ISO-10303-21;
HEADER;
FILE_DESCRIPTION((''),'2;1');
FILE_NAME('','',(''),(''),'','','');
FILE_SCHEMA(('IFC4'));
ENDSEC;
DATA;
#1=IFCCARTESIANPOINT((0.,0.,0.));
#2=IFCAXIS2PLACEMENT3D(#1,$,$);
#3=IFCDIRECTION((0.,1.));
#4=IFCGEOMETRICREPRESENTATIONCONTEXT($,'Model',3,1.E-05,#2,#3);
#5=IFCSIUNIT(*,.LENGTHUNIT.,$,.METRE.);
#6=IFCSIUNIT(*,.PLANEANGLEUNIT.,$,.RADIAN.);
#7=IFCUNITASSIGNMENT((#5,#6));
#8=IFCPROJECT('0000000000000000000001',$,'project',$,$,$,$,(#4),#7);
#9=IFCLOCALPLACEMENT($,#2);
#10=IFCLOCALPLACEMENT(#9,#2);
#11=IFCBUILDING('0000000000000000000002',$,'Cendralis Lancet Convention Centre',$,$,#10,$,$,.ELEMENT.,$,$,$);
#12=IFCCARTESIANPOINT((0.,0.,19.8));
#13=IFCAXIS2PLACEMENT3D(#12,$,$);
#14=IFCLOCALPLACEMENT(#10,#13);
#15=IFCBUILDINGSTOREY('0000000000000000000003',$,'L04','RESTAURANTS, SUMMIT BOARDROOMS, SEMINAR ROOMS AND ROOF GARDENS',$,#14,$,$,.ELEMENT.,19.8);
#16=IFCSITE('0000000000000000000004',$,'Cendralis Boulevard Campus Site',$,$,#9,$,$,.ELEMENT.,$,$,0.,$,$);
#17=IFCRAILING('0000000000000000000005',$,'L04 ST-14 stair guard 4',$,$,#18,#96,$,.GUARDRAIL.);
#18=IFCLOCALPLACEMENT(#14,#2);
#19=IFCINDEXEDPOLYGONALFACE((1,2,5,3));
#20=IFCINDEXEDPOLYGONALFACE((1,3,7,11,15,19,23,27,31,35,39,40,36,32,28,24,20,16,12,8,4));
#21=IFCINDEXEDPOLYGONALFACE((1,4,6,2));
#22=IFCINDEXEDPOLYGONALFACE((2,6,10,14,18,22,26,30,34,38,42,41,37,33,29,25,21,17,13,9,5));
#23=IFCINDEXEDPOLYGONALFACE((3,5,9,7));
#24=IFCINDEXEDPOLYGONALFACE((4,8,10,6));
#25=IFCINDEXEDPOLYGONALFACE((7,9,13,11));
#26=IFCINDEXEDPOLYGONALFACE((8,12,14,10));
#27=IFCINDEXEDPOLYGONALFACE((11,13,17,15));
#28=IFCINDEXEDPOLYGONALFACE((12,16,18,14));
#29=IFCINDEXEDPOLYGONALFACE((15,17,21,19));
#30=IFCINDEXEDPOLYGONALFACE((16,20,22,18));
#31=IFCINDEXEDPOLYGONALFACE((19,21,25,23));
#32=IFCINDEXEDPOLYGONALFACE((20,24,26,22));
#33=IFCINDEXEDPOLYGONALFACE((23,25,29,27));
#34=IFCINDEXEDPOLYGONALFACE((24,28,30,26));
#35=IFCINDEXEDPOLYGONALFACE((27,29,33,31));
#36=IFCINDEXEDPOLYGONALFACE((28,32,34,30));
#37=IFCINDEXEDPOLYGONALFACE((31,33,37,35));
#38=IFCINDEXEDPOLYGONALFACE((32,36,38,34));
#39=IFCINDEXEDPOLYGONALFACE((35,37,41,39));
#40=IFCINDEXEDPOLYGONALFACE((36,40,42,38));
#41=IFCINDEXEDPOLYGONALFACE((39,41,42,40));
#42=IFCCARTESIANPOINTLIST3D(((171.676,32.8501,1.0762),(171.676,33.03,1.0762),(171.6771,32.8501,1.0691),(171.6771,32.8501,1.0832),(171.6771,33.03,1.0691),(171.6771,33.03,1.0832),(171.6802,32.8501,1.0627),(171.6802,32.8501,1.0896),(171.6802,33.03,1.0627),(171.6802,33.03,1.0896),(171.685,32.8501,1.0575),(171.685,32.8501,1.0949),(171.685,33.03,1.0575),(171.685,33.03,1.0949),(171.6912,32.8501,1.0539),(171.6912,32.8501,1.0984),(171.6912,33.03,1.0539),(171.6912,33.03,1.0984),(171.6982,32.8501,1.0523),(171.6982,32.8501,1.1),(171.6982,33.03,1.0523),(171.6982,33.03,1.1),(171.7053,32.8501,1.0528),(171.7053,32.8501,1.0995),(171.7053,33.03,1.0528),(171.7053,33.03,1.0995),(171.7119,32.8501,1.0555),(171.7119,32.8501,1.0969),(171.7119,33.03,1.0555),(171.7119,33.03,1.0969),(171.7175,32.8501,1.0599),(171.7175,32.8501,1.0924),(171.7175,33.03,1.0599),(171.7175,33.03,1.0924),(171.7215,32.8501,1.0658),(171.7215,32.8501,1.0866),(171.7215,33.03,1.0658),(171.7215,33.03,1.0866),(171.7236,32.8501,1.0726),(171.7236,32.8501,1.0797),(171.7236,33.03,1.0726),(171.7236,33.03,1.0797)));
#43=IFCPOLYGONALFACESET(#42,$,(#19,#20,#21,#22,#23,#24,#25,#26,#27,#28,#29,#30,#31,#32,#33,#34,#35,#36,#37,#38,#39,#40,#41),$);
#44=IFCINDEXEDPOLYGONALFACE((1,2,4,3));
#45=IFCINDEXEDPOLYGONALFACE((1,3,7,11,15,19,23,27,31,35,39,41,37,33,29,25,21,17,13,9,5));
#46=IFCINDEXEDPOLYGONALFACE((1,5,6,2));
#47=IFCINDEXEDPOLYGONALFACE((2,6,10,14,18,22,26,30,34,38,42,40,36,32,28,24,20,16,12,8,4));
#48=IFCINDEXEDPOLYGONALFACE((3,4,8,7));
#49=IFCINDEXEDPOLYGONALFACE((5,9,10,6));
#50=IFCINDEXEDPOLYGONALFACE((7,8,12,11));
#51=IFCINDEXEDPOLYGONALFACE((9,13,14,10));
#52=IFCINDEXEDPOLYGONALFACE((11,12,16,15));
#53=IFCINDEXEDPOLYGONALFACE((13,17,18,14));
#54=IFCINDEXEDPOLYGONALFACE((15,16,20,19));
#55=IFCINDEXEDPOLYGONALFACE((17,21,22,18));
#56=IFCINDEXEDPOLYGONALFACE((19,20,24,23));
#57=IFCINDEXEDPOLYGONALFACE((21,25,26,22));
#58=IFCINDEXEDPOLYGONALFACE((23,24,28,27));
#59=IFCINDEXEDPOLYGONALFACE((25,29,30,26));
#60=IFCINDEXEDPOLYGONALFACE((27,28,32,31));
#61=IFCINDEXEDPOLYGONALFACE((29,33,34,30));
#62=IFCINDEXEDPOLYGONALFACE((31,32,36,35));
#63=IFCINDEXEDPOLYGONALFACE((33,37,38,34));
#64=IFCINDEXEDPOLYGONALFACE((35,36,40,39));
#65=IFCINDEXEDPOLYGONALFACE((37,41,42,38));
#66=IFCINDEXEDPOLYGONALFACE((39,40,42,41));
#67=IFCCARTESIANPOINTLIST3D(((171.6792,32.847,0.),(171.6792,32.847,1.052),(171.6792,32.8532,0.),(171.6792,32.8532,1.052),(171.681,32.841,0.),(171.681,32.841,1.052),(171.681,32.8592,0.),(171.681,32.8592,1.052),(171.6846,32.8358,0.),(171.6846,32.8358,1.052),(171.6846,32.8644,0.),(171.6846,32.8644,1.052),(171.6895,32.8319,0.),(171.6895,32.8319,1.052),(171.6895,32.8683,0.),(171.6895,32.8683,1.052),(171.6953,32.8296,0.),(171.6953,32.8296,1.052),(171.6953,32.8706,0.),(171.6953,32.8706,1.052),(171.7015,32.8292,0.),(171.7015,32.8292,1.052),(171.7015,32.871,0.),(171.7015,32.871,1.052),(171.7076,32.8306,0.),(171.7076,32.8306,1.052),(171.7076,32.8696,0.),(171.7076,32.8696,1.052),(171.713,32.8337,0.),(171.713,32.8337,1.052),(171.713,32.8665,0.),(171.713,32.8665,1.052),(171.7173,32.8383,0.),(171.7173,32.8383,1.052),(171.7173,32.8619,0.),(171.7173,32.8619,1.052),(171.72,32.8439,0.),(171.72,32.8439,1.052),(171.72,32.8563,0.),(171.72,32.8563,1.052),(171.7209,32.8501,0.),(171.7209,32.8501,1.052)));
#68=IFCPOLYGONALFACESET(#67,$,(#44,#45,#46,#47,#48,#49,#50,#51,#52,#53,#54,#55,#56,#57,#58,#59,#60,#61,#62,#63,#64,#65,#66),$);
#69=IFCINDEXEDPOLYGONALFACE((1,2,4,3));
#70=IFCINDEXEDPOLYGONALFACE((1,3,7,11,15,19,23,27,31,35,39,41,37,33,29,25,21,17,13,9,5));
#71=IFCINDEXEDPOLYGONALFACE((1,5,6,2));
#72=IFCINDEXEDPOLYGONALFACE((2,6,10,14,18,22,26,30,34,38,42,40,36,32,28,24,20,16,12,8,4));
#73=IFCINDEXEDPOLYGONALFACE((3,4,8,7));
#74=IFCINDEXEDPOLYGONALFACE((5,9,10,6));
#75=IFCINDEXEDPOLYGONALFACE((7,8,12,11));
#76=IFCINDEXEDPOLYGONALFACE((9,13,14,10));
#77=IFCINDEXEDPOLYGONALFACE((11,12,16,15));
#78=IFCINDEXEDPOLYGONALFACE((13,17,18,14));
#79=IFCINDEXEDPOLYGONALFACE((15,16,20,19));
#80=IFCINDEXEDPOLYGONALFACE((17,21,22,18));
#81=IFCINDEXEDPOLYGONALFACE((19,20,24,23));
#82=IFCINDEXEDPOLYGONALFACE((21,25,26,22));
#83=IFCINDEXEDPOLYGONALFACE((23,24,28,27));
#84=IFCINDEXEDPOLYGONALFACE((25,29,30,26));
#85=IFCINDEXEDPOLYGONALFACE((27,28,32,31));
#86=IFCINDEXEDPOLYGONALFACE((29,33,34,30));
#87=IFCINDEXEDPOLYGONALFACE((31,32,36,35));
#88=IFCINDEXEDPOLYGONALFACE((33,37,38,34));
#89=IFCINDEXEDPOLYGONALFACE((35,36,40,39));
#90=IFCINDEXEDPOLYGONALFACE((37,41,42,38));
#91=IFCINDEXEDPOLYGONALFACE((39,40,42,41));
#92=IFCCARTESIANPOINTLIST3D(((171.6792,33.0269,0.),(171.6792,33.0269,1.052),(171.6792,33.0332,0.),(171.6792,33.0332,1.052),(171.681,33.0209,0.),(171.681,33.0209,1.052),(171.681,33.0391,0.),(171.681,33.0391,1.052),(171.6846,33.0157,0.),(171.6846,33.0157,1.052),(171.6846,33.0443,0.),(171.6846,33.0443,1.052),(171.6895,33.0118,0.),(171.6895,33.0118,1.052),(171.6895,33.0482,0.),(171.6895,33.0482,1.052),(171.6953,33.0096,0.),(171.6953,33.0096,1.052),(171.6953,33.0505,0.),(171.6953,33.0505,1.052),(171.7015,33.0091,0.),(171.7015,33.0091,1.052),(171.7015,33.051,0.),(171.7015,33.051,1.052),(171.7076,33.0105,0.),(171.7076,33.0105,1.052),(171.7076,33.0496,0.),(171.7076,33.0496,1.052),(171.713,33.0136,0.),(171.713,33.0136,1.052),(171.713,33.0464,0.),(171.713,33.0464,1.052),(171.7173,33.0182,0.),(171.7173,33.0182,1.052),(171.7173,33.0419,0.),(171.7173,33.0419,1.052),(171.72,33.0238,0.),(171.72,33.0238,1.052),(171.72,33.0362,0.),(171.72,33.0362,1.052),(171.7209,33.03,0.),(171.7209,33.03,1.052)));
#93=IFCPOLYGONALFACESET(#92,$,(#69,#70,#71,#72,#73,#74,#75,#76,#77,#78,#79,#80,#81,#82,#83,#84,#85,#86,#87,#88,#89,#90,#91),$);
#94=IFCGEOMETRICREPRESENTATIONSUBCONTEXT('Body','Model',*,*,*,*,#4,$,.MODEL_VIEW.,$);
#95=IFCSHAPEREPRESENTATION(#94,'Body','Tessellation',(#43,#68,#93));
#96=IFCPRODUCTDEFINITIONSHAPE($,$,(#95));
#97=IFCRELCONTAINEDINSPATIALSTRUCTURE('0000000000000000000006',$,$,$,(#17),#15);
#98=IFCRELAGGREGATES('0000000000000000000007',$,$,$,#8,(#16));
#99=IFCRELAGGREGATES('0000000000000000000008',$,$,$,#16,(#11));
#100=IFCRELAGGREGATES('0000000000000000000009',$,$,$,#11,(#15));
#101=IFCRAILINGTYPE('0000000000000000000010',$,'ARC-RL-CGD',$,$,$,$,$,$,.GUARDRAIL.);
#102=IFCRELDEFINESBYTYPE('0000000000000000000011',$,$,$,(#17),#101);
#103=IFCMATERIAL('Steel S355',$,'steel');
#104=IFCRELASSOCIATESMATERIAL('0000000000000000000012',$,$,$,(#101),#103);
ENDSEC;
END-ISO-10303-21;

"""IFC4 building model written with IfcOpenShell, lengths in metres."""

from ifc_helpers import new_model, si_unit, direction, frame, origin, origin_2d, place, context, subcontext, project, spatial, circle, extrude, material, type_object, element, save


model = new_model("IFC4")

# Units and contexts
model_context = context("Model", 3, precision=1e-05, world=origin(), true_north=direction((0.0, 1.0)))
body_context = subcontext(model_context, "Body", "Model", "MODEL_VIEW")
ifc_project = project(units=[si_unit("LENGTHUNIT", "METRE"), si_unit("PLANEANGLEUNIT", "RADIAN")], contexts=[model_context])

# Site, building, storey
site_placement = place(None, origin())
site = spatial("IfcSite", under=ifc_project, at=site_placement, Name="Cendralis Boulevard Campus Site", CompositionType="ELEMENT", RefElevation=0.0)
building_placement = place(site_placement, origin())
building = spatial("IfcBuilding", under=site, at=building_placement, Name="Cendralis Lancet Convention Centre", CompositionType="ELEMENT")
storey_placement = place(building_placement, frame((0.0, 0.0, 19.8)))
storey = spatial("IfcBuildingStorey", under=building, at=storey_placement, Name="L04", Description="RESTAURANTS, SUMMIT BOARDROOMS, SEMINAR ROOMS AND ROOF GARDENS", CompositionType="ELEMENT", Elevation=19.8)

# Railing
ifc_material_1 = material(Name="Steel S355", Category="steel")
railing_type_1 = type_object("IfcRailingType", Name="ARC-RL-CGD", PredefinedType="GUARDRAIL", material=ifc_material_1)
railing_1_placement = place(storey_placement, frame((171.7, 32.8501, 0.0)))
element("IfcRailing", 1, at=railing_1_placement, inside=storey, type_object=railing_type_1, Name="L04 ST-14 stair guard 4", PredefinedType="GUARDRAIL", context=body_context, shape_type="SweptSolid", body=[
    extrude(circle(Radius=0.0239, at=origin_2d()), frame((0.0, 0.0, 1.0762), z_axis=(0.0, 1.0, 0.0), x_axis=(-1.0, 0.0, 0.0)), (0.0, 0.0, 1.0), 0.1799),
    extrude(circle(Radius=0.021, at=origin_2d()), origin(), (0.0, 0.0, 1.0), 1.052),
    extrude(circle(Radius=0.021, at=origin_2d()), frame((0.0, 0.1799, 0.0)), (0.0, 0.0, 1.0), 1.052),
])

save(model, "model.ifc")
